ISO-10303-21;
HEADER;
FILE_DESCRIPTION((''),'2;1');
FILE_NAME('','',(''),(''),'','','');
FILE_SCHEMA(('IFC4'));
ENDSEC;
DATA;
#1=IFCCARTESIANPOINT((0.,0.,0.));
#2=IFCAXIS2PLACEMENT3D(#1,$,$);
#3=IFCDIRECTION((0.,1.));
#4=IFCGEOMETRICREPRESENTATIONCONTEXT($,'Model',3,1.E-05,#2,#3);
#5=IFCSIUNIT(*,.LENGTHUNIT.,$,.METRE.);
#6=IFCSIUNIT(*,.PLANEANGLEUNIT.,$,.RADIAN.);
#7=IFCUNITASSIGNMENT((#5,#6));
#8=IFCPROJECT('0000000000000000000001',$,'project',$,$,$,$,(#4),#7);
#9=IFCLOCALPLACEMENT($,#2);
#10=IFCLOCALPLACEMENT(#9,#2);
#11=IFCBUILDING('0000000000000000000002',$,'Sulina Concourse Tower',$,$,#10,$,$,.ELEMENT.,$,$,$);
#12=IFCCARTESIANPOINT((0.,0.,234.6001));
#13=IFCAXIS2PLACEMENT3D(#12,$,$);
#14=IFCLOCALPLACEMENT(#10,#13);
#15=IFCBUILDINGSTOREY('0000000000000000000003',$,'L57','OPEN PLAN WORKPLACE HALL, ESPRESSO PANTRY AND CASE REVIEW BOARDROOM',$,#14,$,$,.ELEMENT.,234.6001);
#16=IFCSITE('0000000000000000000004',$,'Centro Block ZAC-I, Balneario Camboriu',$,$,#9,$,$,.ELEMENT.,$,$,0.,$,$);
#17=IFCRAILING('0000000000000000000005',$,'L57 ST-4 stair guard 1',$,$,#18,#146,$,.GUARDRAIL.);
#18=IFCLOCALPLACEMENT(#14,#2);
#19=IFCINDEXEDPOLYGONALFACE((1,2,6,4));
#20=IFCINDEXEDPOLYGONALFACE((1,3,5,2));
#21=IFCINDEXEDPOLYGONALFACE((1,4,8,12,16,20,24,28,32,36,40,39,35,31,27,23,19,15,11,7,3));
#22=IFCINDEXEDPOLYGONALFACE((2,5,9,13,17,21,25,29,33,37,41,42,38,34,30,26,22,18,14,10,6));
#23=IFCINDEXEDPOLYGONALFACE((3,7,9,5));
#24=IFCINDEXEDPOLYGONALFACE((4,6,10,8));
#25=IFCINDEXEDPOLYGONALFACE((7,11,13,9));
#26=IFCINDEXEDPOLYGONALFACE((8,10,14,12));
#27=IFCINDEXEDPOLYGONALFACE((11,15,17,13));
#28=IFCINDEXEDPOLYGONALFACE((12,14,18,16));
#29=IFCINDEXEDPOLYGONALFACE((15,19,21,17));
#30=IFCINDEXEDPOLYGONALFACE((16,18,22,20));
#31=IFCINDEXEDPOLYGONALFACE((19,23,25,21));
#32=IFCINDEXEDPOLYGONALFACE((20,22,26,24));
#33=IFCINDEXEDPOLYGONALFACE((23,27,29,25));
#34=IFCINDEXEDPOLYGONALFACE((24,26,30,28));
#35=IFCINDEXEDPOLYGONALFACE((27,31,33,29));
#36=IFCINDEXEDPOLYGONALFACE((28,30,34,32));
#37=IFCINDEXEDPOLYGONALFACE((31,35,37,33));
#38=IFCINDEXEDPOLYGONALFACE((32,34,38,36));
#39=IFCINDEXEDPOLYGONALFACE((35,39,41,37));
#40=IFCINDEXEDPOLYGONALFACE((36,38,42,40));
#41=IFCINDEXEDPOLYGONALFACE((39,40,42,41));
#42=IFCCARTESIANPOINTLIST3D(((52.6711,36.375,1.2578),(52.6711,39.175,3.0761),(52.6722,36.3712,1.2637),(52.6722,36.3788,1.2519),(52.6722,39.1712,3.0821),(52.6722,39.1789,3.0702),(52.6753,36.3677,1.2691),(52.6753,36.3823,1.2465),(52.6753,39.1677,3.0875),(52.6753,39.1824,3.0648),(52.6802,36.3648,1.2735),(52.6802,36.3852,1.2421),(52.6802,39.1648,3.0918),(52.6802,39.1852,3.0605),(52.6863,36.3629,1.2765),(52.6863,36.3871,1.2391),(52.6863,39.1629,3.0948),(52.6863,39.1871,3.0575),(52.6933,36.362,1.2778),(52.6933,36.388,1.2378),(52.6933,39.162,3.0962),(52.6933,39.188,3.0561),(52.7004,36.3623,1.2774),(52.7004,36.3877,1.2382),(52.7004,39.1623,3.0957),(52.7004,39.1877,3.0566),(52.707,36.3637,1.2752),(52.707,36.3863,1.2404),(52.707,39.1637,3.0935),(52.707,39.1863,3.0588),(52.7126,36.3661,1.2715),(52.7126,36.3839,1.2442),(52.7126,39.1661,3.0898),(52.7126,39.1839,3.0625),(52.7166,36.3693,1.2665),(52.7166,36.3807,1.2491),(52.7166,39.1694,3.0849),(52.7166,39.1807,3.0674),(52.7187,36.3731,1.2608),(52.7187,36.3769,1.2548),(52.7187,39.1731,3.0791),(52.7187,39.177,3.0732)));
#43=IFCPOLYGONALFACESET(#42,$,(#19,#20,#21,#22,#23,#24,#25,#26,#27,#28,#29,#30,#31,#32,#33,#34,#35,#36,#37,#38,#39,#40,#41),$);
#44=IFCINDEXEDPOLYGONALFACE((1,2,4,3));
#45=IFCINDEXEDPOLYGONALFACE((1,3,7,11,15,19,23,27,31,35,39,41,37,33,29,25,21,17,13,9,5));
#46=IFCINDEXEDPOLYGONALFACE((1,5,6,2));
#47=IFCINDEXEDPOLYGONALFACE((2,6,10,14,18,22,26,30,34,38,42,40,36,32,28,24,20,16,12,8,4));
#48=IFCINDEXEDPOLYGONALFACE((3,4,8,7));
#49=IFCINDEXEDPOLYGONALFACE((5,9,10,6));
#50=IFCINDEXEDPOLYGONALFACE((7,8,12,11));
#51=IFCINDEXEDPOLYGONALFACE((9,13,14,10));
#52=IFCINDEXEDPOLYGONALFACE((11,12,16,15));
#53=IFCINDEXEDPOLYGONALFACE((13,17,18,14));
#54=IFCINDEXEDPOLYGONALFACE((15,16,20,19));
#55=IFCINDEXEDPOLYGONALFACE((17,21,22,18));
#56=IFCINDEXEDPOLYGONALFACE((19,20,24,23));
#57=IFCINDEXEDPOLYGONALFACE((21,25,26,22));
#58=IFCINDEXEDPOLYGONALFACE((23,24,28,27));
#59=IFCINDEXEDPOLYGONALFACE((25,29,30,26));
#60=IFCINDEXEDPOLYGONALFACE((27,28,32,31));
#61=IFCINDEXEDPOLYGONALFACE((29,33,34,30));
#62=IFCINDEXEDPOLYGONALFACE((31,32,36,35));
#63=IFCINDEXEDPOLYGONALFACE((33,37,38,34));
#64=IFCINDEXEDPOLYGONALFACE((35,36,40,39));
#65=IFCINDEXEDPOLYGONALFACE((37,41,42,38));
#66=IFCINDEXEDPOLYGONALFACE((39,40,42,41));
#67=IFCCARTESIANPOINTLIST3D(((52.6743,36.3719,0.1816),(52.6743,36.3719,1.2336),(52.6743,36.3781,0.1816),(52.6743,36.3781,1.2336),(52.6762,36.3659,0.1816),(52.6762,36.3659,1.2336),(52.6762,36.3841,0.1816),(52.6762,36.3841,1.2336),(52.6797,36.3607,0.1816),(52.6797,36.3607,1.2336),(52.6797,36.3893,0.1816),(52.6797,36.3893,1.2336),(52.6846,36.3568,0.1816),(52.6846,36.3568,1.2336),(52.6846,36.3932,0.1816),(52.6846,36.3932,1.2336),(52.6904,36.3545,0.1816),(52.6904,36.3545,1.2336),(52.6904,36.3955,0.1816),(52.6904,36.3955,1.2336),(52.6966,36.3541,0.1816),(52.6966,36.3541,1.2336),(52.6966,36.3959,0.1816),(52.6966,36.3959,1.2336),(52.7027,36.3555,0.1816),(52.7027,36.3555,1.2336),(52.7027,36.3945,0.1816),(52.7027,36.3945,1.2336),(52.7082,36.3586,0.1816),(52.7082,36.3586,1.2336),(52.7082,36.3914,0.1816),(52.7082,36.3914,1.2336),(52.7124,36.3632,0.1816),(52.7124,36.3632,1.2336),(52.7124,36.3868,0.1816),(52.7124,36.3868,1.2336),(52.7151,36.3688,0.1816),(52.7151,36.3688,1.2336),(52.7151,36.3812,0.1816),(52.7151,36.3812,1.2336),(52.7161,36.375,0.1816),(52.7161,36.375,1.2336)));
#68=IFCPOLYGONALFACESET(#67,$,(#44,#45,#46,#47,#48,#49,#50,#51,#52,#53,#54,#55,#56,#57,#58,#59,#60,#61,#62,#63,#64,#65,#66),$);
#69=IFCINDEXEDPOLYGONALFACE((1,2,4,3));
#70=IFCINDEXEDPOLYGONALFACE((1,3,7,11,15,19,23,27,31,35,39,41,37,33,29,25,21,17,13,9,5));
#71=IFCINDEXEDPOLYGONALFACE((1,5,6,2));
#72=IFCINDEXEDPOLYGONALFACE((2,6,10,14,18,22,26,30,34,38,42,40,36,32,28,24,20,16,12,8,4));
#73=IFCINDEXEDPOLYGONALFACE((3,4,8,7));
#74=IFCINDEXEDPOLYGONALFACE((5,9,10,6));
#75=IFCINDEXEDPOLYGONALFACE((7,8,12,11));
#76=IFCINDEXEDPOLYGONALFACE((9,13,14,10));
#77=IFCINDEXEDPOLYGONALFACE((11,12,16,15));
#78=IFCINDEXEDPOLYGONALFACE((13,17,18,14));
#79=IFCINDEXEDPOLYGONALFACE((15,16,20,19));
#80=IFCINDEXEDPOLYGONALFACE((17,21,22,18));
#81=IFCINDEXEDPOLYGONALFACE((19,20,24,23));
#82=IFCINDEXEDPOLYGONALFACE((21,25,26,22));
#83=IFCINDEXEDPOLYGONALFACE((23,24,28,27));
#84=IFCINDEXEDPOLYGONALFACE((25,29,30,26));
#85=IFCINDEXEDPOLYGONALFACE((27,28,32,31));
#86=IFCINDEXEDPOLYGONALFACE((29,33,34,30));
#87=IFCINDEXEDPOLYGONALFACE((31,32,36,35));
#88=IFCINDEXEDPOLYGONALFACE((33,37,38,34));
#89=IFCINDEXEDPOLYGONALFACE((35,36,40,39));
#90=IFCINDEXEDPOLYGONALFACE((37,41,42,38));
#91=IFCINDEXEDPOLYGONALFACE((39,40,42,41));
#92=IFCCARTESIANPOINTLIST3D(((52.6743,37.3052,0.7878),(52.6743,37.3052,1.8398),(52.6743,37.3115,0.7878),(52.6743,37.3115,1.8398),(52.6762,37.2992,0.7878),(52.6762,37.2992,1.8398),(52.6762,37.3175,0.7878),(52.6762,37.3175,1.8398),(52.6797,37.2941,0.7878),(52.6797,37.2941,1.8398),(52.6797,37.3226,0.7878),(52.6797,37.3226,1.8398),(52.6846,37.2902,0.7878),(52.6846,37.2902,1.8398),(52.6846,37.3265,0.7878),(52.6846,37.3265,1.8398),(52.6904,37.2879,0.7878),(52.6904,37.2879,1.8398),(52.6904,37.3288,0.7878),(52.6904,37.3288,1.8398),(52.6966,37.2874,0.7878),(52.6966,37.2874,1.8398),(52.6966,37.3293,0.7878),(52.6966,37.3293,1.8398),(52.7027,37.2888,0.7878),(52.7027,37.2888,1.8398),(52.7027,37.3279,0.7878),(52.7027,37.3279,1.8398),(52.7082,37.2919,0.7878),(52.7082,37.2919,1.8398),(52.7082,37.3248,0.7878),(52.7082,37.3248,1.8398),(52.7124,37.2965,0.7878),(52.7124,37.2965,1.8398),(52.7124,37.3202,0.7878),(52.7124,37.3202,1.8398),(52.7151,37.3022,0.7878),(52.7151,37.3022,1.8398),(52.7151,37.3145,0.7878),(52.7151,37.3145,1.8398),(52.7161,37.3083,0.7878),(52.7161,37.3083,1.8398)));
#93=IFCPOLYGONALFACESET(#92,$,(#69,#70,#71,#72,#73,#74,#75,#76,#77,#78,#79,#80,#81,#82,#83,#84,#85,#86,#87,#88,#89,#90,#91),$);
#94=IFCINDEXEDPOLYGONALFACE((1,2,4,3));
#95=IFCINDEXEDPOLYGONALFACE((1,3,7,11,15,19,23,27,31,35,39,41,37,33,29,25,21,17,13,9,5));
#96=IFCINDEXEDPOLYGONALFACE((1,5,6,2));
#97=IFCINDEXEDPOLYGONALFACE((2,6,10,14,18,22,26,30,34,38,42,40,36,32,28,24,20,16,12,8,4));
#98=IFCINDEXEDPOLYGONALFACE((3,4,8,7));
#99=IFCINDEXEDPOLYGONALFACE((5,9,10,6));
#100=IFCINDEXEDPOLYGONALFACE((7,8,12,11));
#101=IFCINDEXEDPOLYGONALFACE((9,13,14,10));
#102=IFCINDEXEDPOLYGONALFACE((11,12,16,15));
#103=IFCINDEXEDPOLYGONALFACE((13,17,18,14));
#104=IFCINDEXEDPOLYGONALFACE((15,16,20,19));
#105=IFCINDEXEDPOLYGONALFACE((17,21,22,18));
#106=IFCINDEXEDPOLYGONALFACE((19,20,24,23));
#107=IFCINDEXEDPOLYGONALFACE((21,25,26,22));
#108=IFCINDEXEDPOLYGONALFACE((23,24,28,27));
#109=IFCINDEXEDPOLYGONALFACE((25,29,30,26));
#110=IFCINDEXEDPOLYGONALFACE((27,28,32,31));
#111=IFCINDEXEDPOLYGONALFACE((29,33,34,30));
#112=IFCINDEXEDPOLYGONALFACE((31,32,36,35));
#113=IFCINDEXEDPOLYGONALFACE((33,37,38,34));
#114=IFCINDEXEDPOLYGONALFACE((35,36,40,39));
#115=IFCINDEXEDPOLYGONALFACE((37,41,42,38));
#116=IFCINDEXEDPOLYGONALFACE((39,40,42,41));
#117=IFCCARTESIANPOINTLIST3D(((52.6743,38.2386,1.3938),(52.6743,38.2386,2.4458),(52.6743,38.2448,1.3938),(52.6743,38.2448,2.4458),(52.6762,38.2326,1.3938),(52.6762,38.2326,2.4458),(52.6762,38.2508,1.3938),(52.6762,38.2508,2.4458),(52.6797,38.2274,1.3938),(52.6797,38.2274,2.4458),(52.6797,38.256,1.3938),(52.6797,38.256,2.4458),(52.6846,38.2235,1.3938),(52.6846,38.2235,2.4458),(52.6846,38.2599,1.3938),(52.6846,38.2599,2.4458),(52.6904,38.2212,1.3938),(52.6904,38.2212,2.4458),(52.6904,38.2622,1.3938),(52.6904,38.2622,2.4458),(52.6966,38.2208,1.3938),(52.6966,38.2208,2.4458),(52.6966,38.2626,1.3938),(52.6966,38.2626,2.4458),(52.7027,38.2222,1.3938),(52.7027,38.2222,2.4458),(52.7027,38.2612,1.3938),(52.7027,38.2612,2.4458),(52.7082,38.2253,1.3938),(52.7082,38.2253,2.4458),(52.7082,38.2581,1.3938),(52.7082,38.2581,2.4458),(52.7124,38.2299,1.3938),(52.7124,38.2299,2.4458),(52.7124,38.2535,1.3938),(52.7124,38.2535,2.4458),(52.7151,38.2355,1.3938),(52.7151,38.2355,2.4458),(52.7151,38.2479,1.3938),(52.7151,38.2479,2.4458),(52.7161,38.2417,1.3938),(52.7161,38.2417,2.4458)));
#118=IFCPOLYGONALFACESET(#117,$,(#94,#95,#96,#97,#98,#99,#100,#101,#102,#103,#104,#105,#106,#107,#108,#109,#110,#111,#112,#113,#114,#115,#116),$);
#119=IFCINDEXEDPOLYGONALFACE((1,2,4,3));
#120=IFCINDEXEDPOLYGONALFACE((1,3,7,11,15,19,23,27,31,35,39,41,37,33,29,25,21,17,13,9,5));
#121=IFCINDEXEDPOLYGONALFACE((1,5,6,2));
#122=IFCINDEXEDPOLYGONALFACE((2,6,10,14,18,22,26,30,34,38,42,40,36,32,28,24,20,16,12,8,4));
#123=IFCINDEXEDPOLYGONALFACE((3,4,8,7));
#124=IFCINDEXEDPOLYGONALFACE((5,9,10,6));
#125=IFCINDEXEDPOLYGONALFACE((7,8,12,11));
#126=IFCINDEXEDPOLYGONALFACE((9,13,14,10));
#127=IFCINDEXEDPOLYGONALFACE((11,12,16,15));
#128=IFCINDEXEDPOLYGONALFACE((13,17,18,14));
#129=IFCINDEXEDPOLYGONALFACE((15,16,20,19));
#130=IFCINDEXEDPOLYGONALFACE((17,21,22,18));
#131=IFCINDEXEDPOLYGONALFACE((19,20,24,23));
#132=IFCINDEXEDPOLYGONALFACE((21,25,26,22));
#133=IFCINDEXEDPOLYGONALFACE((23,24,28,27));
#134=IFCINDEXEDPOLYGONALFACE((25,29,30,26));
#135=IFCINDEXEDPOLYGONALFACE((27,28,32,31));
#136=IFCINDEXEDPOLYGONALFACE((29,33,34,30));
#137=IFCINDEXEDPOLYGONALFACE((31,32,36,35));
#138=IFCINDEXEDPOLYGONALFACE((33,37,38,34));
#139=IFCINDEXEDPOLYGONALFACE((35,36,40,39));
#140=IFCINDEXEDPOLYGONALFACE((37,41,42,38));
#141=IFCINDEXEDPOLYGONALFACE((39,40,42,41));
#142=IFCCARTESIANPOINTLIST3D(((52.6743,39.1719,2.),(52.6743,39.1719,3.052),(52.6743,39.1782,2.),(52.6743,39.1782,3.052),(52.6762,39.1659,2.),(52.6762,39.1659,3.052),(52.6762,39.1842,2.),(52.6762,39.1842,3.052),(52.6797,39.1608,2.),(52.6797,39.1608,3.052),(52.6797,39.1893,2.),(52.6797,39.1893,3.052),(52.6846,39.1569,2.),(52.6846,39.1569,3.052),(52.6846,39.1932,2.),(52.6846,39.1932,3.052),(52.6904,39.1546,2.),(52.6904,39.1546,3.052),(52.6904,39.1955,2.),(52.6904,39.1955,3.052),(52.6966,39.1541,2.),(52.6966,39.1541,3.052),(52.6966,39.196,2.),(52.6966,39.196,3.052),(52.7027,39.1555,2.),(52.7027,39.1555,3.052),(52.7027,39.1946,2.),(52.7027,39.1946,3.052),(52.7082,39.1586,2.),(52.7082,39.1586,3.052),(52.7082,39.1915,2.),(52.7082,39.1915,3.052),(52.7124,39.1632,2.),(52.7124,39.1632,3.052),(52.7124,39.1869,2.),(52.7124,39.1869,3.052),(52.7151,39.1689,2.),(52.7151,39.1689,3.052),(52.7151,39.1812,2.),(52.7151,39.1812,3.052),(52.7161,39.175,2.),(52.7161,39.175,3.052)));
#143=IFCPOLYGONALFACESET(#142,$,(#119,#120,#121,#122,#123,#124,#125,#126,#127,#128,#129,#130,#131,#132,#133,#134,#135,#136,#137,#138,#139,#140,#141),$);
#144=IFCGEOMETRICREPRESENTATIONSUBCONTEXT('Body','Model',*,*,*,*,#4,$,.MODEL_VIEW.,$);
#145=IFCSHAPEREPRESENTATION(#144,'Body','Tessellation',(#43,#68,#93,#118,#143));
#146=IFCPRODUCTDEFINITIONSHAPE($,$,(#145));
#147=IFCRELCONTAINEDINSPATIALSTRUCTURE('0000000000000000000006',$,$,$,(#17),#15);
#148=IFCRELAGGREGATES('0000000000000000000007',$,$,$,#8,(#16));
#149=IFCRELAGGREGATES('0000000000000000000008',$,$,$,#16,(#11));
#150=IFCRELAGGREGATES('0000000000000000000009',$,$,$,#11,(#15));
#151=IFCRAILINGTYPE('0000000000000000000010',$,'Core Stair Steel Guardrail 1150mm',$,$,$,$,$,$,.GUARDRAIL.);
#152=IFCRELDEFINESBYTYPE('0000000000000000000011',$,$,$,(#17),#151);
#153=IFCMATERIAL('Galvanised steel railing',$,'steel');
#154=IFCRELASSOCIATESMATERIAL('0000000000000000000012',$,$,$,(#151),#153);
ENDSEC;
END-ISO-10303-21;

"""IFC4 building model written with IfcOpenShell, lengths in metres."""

from ifc_helpers import new_model, si_unit, direction, frame, origin, origin_2d, place, context, subcontext, project, spatial, circle, extrude, material, type_object, element, save


model = new_model("IFC4")

# Units and contexts
model_context = context("Model", 3, precision=1e-05, world=origin(), true_north=direction((0.0, 1.0)))
body_context = subcontext(model_context, "Body", "Model", "MODEL_VIEW")
ifc_project = project(units=[si_unit("LENGTHUNIT", "METRE"), si_unit("PLANEANGLEUNIT", "RADIAN")], contexts=[model_context])

# Site, building, storey
site_placement = place(None, origin())
site = spatial("IfcSite", under=ifc_project, at=site_placement, Name="Centro Block ZAC-I, Balneario Camboriu", CompositionType="ELEMENT", RefElevation=0.0)
building_placement = place(site_placement, origin())
building = spatial("IfcBuilding", under=site, at=building_placement, Name="Sulina Concourse Tower", CompositionType="ELEMENT")
storey_placement = place(building_placement, frame((0.0, 0.0, 234.6001)))
storey = spatial("IfcBuildingStorey", under=building, at=storey_placement, Name="L57", Description="OPEN PLAN WORKPLACE HALL, ESPRESSO PANTRY AND CASE REVIEW BOARDROOM", CompositionType="ELEMENT", Elevation=234.6001)

# Railing
ifc_material_1 = material(Name="Galvanised steel railing", Category="steel")
railing_type_1 = type_object("IfcRailingType", Name="Core Stair Steel Guardrail 1150mm", PredefinedType="GUARDRAIL", material=ifc_material_1)
railing_1_placement = place(storey_placement, frame((52.6951, 36.375, 0.1816)))
element("IfcRailing", 1, at=railing_1_placement, inside=storey, type_object=railing_type_1, Name="L57 ST-4 stair guard 1", PredefinedType="GUARDRAIL", context=body_context, shape_type="SweptSolid", body=[
    extrude(circle(Radius=0.0239, at=origin_2d()), frame((0.0, 0.0, 1.0762), z_axis=(0.0, 0.838672, 0.544636), x_axis=(-1.0, 0.0, 0.0)), (0.0, 0.0, 1.0), 3.3386),
    extrude(circle(Radius=0.021, at=origin_2d()), origin(), (0.0, 0.0, 1.0), 1.052),
    extrude(circle(Radius=0.021, at=origin_2d()), frame((0.0, 0.9333, 0.6062)), (0.0, 0.0, 1.0), 1.052),
    extrude(circle(Radius=0.021, at=origin_2d()), frame((0.0, 1.8667, 1.2122)), (0.0, 0.0, 1.0), 1.052),
    extrude(circle(Radius=0.021, at=origin_2d()), frame((0.0, 2.8, 1.8184)), (0.0, 0.0, 1.0), 1.052),
])

save(model, "model.ifc")
